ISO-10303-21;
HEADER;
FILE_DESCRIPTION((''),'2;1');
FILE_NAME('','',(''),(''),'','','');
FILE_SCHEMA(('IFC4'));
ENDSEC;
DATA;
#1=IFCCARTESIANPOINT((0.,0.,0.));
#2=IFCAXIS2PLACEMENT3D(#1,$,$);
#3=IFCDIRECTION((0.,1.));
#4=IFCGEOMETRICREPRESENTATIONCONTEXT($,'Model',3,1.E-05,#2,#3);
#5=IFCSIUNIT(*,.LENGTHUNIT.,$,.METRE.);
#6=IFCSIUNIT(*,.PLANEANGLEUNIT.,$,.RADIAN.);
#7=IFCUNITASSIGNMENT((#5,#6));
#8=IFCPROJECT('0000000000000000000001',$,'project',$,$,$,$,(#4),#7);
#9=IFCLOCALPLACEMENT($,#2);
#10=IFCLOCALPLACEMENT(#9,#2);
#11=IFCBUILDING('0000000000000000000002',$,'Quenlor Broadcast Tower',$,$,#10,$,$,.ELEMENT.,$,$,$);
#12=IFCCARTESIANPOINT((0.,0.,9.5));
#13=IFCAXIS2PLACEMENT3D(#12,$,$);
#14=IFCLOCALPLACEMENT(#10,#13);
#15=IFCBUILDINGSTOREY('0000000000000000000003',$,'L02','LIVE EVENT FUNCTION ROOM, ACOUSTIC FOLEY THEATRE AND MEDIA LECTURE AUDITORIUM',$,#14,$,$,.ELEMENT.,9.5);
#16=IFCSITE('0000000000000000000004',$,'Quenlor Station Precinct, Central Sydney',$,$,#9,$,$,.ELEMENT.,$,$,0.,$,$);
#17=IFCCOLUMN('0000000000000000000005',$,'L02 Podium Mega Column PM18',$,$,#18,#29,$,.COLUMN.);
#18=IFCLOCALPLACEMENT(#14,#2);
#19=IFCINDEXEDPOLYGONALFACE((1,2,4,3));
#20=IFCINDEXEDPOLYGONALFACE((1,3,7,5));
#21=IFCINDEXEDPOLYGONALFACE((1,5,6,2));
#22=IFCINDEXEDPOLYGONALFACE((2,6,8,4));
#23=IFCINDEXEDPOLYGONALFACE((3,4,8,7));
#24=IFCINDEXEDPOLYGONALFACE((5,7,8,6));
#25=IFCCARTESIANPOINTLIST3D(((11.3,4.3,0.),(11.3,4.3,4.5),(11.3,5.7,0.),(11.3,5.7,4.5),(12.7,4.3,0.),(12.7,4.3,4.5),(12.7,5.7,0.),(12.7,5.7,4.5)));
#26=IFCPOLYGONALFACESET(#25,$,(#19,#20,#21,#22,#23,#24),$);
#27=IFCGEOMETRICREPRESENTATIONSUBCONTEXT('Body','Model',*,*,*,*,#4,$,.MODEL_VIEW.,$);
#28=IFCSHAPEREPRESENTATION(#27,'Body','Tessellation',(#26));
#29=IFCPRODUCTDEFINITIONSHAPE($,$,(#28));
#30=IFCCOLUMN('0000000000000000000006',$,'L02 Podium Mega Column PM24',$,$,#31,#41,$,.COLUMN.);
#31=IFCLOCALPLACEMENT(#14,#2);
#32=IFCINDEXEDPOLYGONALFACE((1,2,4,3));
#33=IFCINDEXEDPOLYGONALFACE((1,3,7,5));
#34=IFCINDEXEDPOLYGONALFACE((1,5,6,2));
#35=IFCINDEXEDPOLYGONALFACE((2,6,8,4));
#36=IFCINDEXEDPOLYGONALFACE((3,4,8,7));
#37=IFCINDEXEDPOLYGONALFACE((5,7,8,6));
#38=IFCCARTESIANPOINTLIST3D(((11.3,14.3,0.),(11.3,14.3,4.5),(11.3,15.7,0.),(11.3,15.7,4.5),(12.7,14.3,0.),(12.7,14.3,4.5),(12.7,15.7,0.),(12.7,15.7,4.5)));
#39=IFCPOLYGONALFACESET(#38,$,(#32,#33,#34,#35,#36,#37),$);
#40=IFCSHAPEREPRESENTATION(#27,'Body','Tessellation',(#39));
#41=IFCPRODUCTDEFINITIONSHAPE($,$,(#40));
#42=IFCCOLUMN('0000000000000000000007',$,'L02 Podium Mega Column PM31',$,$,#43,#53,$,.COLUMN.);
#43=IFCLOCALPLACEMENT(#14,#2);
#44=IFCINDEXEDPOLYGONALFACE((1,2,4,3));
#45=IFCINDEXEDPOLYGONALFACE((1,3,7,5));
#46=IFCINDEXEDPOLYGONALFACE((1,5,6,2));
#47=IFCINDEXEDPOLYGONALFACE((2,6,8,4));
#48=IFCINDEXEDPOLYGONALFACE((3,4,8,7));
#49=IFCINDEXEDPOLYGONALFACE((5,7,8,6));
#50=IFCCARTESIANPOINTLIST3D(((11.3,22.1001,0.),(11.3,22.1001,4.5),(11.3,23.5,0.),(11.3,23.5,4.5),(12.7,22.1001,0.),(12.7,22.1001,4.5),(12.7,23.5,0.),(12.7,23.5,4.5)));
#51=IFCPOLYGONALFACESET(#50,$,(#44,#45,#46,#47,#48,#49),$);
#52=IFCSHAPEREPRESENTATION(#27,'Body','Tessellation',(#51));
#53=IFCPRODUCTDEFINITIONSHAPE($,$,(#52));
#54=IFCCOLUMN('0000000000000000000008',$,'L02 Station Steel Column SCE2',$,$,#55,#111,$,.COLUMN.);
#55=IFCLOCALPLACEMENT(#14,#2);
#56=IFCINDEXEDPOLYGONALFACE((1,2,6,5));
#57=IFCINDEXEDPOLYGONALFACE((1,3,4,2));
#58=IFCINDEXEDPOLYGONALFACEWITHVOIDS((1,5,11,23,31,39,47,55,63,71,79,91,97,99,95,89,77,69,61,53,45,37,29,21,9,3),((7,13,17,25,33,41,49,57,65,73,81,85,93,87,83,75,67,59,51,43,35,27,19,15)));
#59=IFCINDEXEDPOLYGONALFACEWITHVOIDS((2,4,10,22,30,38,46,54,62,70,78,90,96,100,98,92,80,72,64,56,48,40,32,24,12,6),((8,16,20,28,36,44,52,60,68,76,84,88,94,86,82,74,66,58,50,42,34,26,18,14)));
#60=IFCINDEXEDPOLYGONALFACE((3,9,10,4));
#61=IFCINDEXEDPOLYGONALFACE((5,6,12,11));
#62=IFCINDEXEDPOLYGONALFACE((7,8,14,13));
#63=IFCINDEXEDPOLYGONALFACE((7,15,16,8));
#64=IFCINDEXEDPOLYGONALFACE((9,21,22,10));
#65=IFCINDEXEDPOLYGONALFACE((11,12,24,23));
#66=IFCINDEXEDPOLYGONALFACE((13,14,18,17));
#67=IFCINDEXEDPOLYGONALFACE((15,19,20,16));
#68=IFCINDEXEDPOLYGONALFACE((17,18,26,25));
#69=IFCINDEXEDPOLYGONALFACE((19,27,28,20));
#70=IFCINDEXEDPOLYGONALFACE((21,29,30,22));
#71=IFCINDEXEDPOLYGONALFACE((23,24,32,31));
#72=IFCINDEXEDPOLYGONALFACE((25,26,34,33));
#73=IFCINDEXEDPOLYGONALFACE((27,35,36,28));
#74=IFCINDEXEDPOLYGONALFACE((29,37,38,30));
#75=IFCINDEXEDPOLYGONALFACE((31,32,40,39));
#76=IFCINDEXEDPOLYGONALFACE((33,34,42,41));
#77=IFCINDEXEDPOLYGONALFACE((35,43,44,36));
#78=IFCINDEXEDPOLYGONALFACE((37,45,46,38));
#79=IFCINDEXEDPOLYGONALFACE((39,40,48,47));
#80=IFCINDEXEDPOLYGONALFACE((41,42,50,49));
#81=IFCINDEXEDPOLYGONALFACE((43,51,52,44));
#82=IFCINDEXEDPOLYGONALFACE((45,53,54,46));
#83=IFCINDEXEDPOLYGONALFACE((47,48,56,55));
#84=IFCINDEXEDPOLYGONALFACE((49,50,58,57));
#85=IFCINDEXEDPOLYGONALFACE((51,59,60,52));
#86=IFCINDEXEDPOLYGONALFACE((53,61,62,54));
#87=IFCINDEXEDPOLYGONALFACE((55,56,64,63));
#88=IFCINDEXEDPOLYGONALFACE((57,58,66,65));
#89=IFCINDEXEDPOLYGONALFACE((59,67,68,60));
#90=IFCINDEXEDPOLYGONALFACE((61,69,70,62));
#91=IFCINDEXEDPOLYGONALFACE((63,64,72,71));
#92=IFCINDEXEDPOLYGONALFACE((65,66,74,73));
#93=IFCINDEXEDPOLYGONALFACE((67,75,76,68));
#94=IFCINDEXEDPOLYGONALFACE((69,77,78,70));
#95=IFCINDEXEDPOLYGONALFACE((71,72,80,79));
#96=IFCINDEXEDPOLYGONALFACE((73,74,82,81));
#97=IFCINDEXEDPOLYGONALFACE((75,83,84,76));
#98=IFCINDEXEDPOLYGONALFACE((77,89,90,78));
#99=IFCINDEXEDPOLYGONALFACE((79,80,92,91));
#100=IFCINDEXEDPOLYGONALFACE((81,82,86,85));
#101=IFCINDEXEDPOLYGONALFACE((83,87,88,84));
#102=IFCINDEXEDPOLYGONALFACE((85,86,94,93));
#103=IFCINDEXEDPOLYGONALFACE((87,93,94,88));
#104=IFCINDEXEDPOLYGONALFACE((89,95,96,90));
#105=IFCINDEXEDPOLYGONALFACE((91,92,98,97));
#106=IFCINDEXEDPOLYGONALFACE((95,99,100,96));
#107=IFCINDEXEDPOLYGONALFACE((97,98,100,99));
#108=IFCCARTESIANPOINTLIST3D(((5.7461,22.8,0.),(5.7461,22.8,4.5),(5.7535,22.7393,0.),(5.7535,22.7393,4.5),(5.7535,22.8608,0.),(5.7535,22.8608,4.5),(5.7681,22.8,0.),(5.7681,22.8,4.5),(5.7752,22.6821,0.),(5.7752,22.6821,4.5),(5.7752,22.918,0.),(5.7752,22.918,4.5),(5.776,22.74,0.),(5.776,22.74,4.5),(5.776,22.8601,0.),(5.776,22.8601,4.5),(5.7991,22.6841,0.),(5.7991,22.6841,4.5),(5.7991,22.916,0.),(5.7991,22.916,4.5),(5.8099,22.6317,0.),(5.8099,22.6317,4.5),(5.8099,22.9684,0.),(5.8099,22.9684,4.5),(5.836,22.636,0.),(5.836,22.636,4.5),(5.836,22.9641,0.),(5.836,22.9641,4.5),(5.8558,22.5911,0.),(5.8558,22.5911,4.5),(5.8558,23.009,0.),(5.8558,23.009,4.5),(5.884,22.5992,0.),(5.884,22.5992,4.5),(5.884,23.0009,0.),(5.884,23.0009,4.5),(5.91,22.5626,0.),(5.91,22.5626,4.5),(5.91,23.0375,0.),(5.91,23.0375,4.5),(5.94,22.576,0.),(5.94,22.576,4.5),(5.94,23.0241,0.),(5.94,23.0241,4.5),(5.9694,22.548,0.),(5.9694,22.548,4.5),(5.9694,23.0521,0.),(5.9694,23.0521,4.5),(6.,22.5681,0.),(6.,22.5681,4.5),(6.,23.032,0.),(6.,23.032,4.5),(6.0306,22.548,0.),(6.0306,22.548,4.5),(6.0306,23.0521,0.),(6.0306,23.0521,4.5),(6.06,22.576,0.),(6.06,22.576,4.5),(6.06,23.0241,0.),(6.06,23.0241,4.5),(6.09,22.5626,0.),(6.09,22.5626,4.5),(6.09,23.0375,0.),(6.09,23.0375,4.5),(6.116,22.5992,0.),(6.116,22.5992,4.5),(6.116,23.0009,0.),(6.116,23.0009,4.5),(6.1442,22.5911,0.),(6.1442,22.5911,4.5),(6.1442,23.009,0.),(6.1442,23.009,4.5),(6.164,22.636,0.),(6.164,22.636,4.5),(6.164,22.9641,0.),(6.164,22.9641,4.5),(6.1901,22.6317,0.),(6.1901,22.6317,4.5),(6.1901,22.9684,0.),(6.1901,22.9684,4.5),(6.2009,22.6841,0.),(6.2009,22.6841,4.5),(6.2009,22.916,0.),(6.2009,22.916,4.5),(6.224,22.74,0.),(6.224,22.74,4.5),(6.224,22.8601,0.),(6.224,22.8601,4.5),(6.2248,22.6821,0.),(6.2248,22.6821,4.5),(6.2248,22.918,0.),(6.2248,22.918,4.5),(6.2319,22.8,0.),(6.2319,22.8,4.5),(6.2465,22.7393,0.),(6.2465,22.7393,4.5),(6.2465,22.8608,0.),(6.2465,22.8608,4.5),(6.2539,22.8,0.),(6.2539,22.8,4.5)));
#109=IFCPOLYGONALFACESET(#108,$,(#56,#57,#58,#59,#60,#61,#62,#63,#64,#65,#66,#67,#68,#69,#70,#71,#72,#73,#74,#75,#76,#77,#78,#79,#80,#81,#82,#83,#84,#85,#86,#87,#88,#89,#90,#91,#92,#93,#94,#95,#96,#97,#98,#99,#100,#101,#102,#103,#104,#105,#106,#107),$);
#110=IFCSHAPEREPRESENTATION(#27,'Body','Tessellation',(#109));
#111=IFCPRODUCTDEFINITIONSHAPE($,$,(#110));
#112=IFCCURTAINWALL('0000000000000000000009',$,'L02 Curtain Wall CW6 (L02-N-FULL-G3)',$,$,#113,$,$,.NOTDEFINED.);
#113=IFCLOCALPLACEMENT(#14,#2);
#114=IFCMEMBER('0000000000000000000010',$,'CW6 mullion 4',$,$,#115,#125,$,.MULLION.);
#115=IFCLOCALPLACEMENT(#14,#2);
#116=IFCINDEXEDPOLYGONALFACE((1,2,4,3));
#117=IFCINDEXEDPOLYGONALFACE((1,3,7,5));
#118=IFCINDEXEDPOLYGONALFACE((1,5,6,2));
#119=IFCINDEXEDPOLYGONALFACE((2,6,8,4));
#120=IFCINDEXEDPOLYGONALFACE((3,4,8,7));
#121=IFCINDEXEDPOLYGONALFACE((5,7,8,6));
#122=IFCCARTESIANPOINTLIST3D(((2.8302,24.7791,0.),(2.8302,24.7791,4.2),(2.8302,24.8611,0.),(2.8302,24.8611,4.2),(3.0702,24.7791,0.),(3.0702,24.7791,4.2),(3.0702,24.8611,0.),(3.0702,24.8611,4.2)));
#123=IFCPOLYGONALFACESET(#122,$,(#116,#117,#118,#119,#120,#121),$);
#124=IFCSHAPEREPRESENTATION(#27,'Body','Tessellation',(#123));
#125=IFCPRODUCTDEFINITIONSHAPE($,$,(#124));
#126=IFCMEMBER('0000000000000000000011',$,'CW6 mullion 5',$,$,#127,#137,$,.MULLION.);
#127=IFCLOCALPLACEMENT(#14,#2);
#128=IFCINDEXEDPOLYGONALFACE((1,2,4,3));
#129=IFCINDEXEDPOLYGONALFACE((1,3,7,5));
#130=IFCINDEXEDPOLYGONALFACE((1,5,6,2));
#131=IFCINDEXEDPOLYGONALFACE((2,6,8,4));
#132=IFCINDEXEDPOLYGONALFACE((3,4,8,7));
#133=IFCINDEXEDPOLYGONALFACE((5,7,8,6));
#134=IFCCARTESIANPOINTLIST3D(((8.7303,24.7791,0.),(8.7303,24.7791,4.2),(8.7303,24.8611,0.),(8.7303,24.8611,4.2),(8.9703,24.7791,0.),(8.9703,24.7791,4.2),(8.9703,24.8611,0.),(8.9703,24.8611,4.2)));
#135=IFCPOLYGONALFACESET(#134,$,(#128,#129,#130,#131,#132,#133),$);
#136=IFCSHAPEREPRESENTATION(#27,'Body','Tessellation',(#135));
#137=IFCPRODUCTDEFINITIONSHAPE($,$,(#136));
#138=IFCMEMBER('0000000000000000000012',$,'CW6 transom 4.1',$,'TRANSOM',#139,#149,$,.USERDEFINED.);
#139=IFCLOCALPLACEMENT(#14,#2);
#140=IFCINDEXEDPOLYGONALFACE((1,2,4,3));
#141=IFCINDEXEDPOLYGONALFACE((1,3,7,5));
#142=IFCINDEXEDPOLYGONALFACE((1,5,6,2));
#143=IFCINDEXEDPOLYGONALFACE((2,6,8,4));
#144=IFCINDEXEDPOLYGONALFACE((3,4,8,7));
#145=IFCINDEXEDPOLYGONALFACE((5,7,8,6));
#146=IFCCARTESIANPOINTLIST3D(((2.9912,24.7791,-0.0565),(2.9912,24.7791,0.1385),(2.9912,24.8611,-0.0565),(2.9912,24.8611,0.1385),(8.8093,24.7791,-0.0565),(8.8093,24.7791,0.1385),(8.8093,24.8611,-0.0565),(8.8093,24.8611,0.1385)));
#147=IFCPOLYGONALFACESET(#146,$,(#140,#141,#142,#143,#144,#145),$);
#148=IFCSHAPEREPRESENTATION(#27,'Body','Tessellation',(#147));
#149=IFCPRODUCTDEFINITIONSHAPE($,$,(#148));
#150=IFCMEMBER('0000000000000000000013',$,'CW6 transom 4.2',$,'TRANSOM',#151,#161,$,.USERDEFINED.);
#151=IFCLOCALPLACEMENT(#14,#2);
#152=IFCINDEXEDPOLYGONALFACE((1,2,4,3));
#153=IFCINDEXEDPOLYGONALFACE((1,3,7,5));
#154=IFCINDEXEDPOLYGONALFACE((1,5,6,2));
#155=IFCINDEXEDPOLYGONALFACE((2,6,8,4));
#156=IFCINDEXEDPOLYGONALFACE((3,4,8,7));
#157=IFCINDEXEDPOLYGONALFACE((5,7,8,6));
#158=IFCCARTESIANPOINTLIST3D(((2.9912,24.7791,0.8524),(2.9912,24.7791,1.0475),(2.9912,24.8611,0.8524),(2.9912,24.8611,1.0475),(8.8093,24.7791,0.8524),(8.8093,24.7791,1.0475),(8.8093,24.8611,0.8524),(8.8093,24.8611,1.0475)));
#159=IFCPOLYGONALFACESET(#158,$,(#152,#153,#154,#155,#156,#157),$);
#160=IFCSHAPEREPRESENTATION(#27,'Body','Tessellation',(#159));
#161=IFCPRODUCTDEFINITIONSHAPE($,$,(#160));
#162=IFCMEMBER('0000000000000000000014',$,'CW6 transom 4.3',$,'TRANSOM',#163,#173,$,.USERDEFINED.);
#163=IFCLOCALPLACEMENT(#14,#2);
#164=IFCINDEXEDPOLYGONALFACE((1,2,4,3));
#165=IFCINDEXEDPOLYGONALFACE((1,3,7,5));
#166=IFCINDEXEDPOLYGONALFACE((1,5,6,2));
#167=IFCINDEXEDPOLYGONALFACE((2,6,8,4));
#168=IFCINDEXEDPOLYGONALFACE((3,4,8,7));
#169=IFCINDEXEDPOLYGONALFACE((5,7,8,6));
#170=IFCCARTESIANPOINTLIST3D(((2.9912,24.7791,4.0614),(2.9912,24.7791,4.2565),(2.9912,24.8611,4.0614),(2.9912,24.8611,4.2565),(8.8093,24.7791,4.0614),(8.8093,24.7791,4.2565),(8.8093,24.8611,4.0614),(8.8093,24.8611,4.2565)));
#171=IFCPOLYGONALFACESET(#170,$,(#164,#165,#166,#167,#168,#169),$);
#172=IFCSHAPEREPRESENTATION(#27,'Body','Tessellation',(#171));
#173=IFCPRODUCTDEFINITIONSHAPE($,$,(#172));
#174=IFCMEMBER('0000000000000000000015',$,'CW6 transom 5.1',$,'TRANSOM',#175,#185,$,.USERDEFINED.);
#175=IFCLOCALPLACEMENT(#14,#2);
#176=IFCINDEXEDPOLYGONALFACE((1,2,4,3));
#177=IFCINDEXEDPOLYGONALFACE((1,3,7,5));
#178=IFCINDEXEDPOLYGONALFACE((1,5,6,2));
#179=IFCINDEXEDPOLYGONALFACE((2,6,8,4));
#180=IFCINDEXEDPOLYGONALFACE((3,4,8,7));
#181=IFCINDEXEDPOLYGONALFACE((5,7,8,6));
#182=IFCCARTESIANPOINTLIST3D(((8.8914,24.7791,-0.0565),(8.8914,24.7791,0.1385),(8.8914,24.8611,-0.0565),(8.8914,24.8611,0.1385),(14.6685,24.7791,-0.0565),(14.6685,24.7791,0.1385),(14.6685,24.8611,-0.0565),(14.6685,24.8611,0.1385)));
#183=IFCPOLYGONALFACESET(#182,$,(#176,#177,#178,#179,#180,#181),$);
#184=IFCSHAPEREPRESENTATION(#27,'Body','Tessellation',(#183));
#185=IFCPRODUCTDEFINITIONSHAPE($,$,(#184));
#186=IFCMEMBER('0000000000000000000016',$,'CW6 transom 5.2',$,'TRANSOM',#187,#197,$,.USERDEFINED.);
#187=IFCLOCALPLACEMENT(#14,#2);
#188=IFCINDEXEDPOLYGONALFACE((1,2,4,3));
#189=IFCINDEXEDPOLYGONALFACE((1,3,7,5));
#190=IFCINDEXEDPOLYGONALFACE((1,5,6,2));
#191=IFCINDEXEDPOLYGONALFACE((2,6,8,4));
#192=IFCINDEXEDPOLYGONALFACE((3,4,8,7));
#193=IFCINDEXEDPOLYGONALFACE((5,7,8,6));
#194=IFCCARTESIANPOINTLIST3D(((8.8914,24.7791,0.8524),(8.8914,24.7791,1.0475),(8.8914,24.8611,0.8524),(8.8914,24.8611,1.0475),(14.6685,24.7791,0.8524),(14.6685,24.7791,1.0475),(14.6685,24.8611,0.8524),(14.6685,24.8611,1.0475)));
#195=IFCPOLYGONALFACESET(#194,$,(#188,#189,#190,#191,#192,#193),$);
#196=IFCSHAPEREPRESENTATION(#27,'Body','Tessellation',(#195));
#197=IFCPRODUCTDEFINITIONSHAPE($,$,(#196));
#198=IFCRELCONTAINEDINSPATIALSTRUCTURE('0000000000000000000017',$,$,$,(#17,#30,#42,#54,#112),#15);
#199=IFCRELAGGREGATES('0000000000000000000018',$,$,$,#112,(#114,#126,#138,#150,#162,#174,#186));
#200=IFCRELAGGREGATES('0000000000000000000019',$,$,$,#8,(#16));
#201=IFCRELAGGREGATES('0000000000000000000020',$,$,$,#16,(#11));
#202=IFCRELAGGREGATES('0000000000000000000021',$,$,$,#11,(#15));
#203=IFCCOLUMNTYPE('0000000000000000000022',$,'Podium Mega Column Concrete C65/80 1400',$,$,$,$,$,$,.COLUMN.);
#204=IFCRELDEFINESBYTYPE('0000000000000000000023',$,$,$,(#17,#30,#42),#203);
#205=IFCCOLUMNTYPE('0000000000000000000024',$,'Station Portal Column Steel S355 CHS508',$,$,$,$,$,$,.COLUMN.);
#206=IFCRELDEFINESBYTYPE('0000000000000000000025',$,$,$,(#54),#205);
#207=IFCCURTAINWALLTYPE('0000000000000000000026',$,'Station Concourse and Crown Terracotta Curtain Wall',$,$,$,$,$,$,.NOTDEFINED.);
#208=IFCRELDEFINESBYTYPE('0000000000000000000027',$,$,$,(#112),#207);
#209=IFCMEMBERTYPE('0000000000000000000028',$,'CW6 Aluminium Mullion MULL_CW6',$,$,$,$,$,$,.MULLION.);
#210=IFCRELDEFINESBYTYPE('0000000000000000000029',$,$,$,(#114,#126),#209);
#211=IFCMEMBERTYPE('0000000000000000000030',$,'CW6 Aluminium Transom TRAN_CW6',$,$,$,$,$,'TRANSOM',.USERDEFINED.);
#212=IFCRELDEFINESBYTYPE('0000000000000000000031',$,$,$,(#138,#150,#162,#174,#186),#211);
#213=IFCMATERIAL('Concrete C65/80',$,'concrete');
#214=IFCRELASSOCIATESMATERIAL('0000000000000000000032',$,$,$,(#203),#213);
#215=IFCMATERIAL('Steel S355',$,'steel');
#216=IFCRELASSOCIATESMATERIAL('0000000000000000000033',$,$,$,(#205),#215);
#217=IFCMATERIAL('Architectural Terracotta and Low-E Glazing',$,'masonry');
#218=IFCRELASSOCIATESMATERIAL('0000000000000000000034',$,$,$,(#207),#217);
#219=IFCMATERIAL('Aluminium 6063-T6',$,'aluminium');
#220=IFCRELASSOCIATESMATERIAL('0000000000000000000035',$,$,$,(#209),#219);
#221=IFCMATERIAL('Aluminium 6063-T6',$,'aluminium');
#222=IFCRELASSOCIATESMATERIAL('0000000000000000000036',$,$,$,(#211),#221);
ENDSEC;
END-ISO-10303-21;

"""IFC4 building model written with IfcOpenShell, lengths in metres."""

from ifc_helpers import new_model, si_unit, direction, frame, origin, origin_2d, place, context, subcontext, project, spatial, rectangle, hollow_circle, extrude, material, material_profile, profile_set, type_object, element, aggregate, save


model = new_model("IFC4")

# Units and contexts
model_context = context("Model", 3, precision=1e-05, world=origin(), true_north=direction((0.0, 1.0)))
body_context = subcontext(model_context, "Body", "Model", "MODEL_VIEW")
ifc_project = project(units=[si_unit("LENGTHUNIT", "METRE"), si_unit("PLANEANGLEUNIT", "RADIAN")], contexts=[model_context])

# Site, building, storey
site_placement = place(None, origin())
site = spatial("IfcSite", under=ifc_project, at=site_placement, Name="Quenlor Station Precinct, Central Sydney", CompositionType="ELEMENT", RefElevation=0.0)
building_placement = place(site_placement, origin())
building = spatial("IfcBuilding", under=site, at=building_placement, Name="Quenlor Broadcast Tower", CompositionType="ELEMENT")
storey_placement = place(building_placement, frame((0.0, 0.0, 9.5)))
storey = spatial("IfcBuildingStorey", under=building, at=storey_placement, Name="L02", Description="LIVE EVENT FUNCTION ROOM, ACOUSTIC FOLEY THEATRE AND MEDIA LECTURE AUDITORIUM", CompositionType="ELEMENT", Elevation=9.5)

# Columns
ifc_material_1 = material(Name="Concrete C65/80", Category="concrete")
ifc_material_profile_1 = material_profile(ifc_material_1, rectangle(XDim=1.3999, YDim=1.3999, at=origin_2d()))
ifc_profile_set_1 = profile_set([ifc_material_profile_1], Name="Concrete C65/80 RC1400x1400")
column_type_1 = type_object("IfcColumnType", Name="Podium Mega Column Concrete C65/80 1400", PredefinedType="COLUMN", material=ifc_profile_set_1)
for number, where, z_axis, x_axis, name in (
    (1, (12.0, 5.0, 0.0), (0.0, 0.0, 1.0), (1.0, 0.0, 0.0), "L02 Podium Mega Column PM18"),
    (2, (12.0, 15.0, 0.0), (0.0, 0.0, 1.0), (1.0, 0.0, 0.0), "L02 Podium Mega Column PM24"),
    (3, (12.0, 22.8, 0.0), (0.0, 0.0, 1.0), (1.0, 0.0, 0.0), "L02 Podium Mega Column PM31"),
):
    element("IfcColumn", number, at=place(storey_placement, frame(where, z_axis=z_axis, x_axis=x_axis)), inside=storey, type_object=column_type_1, Name=name, PredefinedType="COLUMN", context=body_context, shape_type="SweptSolid", body=[
        extrude(rectangle(XDim=1.3999, YDim=1.3999, at=origin_2d()), origin(), (0.0, 0.0, 1.0), 4.5),
    ])
ifc_material_2 = material(Name="Steel S355", Category="steel")
ifc_material_profile_2 = material_profile(ifc_material_2, hollow_circle(Radius=0.2539, WallThickness=0.022, at=origin_2d()))
ifc_profile_set_2 = profile_set([ifc_material_profile_2], Name="Steel S355 CHS508x22")
column_type_2 = type_object("IfcColumnType", Name="Station Portal Column Steel S355 CHS508", PredefinedType="COLUMN", material=ifc_profile_set_2)
column_placement = place(storey_placement, frame((6.0, 22.8, 0.0), z_axis=(0.0, 0.0, 1.0), x_axis=(1.0, 0.0, 0.0)))
element("IfcColumn", 4, at=column_placement, inside=storey, type_object=column_type_2, Name="L02 Station Steel Column SCE2", PredefinedType="COLUMN", context=body_context, shape_type="SweptSolid", body=[
    extrude(hollow_circle(Radius=0.2539, WallThickness=0.022, at=origin_2d()), origin(), (0.0, 0.0, 1.0), 4.5),
])

# Curtain wall, members
ifc_material_3 = material(Name="Architectural Terracotta and Low-E Glazing", Category="masonry")
curtain_wall_type = type_object("IfcCurtainWallType", Name="Station Concourse and Crown Terracotta Curtain Wall", PredefinedType="NOTDEFINED", material=ifc_material_3)
curtain_wall_placement = place(storey_placement, origin())
curtain_wall = element("IfcCurtainWall", 5, at=curtain_wall_placement, inside=storey, type_object=curtain_wall_type, Name="L02 Curtain Wall CW6 (L02-N-FULL-G3)", PredefinedType="NOTDEFINED")
ifc_material_4 = material(Name="Aluminium 6063-T6", Category="aluminium")
ifc_material_profile_3 = material_profile(ifc_material_4, rectangle(XDim=0.082, YDim=0.24, at=origin_2d()))
ifc_profile_set_3 = profile_set([ifc_material_profile_3], Name="Aluminium 6063-T6 MULL82x240")
member_type_1 = type_object("IfcMemberType", Name="CW6 Aluminium Mullion MULL_CW6", PredefinedType="MULLION", material=ifc_profile_set_3)
member_1_placement = place(storey_placement, frame((2.9502, 24.8201, 0.0), z_axis=(0.0, 0.0, 1.0), x_axis=(0.0, 1.0, 0.0)))
member_1 = element("IfcMember", 6, at=member_1_placement, type_object=member_type_1, Name="CW6 mullion 4", PredefinedType="MULLION", context=body_context, shape_type="SweptSolid", body=[
    extrude(rectangle(XDim=0.082, YDim=0.24, at=origin_2d()), origin(), (0.0, 0.0, 1.0), 4.2),
])
member_2_placement = place(storey_placement, frame((8.8503, 24.8201, 0.0), z_axis=(0.0, 0.0, 1.0), x_axis=(0.0, 1.0, 0.0)))
member_2 = element("IfcMember", 7, at=member_2_placement, type_object=member_type_1, Name="CW6 mullion 5", PredefinedType="MULLION", context=body_context, shape_type="SweptSolid", body=[
    extrude(rectangle(XDim=0.082, YDim=0.24, at=origin_2d()), origin(), (0.0, 0.0, 1.0), 4.2),
])
ifc_material_5 = material(Name="Aluminium 6063-T6", Category="aluminium")
ifc_material_profile_4 = material_profile(ifc_material_5, rectangle(XDim=0.082, YDim=0.1951, at=origin_2d()))
ifc_profile_set_4 = profile_set([ifc_material_profile_4], Name="Aluminium 6063-T6 TRAN82x195")
member_type_2 = type_object("IfcMemberType", Name="CW6 Aluminium Transom TRAN_CW6", ElementType="TRANSOM", PredefinedType="USERDEFINED", material=ifc_profile_set_4)
member_3_placement = place(storey_placement, frame((2.9912, 24.8201, 0.041), z_axis=(1.0, 0.0, 0.0), x_axis=(0.0, 1.0, 0.0)))
member_3 = element("IfcMember", 8, at=member_3_placement, type_object=member_type_2, Name="CW6 transom 4.1", ObjectType="TRANSOM", PredefinedType="USERDEFINED", context=body_context, shape_type="SweptSolid", body=[
    extrude(rectangle(XDim=0.082, YDim=0.1951, at=origin_2d()), origin(), (0.0, 0.0, 1.0), 5.8181),
])
member_4_placement = place(storey_placement, frame((2.9912, 24.8201, 0.95), z_axis=(1.0, 0.0, 0.0), x_axis=(0.0, 1.0, 0.0)))
member_4 = element("IfcMember", 9, at=member_4_placement, type_object=member_type_2, Name="CW6 transom 4.2", ObjectType="TRANSOM", PredefinedType="USERDEFINED", context=body_context, shape_type="SweptSolid", body=[
    extrude(rectangle(XDim=0.082, YDim=0.1951, at=origin_2d()), origin(), (0.0, 0.0, 1.0), 5.8181),
])
member_5_placement = place(storey_placement, frame((2.9912, 24.8201, 4.1589), z_axis=(1.0, 0.0, 0.0), x_axis=(0.0, 1.0, 0.0)))
member_5 = element("IfcMember", 10, at=member_5_placement, type_object=member_type_2, Name="CW6 transom 4.3", ObjectType="TRANSOM", PredefinedType="USERDEFINED", context=body_context, shape_type="SweptSolid", body=[
    extrude(rectangle(XDim=0.082, YDim=0.1951, at=origin_2d()), origin(), (0.0, 0.0, 1.0), 5.8181),
])
member_6_placement = place(storey_placement, frame((8.8914, 24.8201, 0.041), z_axis=(1.0, 0.0, 0.0), x_axis=(0.0, 1.0, 0.0)))
member_6 = element("IfcMember", 11, at=member_6_placement, type_object=member_type_2, Name="CW6 transom 5.1", ObjectType="TRANSOM", PredefinedType="USERDEFINED", context=body_context, shape_type="SweptSolid", body=[
    extrude(rectangle(XDim=0.082, YDim=0.1951, at=origin_2d()), origin(), (0.0, 0.0, 1.0), 5.7771),
])
member_7_placement = place(storey_placement, frame((8.8914, 24.8201, 0.95), z_axis=(1.0, 0.0, 0.0), x_axis=(0.0, 1.0, 0.0)))
member_7 = element("IfcMember", 12, at=member_7_placement, type_object=member_type_2, Name="CW6 transom 5.2", ObjectType="TRANSOM", PredefinedType="USERDEFINED", context=body_context, shape_type="SweptSolid", body=[
    extrude(rectangle(XDim=0.082, YDim=0.1951, at=origin_2d()), origin(), (0.0, 0.0, 1.0), 5.7771),
])

aggregate(curtain_wall, [member_1, member_2, member_3, member_4, member_5, member_6, member_7])

save(model, "model.ifc")
